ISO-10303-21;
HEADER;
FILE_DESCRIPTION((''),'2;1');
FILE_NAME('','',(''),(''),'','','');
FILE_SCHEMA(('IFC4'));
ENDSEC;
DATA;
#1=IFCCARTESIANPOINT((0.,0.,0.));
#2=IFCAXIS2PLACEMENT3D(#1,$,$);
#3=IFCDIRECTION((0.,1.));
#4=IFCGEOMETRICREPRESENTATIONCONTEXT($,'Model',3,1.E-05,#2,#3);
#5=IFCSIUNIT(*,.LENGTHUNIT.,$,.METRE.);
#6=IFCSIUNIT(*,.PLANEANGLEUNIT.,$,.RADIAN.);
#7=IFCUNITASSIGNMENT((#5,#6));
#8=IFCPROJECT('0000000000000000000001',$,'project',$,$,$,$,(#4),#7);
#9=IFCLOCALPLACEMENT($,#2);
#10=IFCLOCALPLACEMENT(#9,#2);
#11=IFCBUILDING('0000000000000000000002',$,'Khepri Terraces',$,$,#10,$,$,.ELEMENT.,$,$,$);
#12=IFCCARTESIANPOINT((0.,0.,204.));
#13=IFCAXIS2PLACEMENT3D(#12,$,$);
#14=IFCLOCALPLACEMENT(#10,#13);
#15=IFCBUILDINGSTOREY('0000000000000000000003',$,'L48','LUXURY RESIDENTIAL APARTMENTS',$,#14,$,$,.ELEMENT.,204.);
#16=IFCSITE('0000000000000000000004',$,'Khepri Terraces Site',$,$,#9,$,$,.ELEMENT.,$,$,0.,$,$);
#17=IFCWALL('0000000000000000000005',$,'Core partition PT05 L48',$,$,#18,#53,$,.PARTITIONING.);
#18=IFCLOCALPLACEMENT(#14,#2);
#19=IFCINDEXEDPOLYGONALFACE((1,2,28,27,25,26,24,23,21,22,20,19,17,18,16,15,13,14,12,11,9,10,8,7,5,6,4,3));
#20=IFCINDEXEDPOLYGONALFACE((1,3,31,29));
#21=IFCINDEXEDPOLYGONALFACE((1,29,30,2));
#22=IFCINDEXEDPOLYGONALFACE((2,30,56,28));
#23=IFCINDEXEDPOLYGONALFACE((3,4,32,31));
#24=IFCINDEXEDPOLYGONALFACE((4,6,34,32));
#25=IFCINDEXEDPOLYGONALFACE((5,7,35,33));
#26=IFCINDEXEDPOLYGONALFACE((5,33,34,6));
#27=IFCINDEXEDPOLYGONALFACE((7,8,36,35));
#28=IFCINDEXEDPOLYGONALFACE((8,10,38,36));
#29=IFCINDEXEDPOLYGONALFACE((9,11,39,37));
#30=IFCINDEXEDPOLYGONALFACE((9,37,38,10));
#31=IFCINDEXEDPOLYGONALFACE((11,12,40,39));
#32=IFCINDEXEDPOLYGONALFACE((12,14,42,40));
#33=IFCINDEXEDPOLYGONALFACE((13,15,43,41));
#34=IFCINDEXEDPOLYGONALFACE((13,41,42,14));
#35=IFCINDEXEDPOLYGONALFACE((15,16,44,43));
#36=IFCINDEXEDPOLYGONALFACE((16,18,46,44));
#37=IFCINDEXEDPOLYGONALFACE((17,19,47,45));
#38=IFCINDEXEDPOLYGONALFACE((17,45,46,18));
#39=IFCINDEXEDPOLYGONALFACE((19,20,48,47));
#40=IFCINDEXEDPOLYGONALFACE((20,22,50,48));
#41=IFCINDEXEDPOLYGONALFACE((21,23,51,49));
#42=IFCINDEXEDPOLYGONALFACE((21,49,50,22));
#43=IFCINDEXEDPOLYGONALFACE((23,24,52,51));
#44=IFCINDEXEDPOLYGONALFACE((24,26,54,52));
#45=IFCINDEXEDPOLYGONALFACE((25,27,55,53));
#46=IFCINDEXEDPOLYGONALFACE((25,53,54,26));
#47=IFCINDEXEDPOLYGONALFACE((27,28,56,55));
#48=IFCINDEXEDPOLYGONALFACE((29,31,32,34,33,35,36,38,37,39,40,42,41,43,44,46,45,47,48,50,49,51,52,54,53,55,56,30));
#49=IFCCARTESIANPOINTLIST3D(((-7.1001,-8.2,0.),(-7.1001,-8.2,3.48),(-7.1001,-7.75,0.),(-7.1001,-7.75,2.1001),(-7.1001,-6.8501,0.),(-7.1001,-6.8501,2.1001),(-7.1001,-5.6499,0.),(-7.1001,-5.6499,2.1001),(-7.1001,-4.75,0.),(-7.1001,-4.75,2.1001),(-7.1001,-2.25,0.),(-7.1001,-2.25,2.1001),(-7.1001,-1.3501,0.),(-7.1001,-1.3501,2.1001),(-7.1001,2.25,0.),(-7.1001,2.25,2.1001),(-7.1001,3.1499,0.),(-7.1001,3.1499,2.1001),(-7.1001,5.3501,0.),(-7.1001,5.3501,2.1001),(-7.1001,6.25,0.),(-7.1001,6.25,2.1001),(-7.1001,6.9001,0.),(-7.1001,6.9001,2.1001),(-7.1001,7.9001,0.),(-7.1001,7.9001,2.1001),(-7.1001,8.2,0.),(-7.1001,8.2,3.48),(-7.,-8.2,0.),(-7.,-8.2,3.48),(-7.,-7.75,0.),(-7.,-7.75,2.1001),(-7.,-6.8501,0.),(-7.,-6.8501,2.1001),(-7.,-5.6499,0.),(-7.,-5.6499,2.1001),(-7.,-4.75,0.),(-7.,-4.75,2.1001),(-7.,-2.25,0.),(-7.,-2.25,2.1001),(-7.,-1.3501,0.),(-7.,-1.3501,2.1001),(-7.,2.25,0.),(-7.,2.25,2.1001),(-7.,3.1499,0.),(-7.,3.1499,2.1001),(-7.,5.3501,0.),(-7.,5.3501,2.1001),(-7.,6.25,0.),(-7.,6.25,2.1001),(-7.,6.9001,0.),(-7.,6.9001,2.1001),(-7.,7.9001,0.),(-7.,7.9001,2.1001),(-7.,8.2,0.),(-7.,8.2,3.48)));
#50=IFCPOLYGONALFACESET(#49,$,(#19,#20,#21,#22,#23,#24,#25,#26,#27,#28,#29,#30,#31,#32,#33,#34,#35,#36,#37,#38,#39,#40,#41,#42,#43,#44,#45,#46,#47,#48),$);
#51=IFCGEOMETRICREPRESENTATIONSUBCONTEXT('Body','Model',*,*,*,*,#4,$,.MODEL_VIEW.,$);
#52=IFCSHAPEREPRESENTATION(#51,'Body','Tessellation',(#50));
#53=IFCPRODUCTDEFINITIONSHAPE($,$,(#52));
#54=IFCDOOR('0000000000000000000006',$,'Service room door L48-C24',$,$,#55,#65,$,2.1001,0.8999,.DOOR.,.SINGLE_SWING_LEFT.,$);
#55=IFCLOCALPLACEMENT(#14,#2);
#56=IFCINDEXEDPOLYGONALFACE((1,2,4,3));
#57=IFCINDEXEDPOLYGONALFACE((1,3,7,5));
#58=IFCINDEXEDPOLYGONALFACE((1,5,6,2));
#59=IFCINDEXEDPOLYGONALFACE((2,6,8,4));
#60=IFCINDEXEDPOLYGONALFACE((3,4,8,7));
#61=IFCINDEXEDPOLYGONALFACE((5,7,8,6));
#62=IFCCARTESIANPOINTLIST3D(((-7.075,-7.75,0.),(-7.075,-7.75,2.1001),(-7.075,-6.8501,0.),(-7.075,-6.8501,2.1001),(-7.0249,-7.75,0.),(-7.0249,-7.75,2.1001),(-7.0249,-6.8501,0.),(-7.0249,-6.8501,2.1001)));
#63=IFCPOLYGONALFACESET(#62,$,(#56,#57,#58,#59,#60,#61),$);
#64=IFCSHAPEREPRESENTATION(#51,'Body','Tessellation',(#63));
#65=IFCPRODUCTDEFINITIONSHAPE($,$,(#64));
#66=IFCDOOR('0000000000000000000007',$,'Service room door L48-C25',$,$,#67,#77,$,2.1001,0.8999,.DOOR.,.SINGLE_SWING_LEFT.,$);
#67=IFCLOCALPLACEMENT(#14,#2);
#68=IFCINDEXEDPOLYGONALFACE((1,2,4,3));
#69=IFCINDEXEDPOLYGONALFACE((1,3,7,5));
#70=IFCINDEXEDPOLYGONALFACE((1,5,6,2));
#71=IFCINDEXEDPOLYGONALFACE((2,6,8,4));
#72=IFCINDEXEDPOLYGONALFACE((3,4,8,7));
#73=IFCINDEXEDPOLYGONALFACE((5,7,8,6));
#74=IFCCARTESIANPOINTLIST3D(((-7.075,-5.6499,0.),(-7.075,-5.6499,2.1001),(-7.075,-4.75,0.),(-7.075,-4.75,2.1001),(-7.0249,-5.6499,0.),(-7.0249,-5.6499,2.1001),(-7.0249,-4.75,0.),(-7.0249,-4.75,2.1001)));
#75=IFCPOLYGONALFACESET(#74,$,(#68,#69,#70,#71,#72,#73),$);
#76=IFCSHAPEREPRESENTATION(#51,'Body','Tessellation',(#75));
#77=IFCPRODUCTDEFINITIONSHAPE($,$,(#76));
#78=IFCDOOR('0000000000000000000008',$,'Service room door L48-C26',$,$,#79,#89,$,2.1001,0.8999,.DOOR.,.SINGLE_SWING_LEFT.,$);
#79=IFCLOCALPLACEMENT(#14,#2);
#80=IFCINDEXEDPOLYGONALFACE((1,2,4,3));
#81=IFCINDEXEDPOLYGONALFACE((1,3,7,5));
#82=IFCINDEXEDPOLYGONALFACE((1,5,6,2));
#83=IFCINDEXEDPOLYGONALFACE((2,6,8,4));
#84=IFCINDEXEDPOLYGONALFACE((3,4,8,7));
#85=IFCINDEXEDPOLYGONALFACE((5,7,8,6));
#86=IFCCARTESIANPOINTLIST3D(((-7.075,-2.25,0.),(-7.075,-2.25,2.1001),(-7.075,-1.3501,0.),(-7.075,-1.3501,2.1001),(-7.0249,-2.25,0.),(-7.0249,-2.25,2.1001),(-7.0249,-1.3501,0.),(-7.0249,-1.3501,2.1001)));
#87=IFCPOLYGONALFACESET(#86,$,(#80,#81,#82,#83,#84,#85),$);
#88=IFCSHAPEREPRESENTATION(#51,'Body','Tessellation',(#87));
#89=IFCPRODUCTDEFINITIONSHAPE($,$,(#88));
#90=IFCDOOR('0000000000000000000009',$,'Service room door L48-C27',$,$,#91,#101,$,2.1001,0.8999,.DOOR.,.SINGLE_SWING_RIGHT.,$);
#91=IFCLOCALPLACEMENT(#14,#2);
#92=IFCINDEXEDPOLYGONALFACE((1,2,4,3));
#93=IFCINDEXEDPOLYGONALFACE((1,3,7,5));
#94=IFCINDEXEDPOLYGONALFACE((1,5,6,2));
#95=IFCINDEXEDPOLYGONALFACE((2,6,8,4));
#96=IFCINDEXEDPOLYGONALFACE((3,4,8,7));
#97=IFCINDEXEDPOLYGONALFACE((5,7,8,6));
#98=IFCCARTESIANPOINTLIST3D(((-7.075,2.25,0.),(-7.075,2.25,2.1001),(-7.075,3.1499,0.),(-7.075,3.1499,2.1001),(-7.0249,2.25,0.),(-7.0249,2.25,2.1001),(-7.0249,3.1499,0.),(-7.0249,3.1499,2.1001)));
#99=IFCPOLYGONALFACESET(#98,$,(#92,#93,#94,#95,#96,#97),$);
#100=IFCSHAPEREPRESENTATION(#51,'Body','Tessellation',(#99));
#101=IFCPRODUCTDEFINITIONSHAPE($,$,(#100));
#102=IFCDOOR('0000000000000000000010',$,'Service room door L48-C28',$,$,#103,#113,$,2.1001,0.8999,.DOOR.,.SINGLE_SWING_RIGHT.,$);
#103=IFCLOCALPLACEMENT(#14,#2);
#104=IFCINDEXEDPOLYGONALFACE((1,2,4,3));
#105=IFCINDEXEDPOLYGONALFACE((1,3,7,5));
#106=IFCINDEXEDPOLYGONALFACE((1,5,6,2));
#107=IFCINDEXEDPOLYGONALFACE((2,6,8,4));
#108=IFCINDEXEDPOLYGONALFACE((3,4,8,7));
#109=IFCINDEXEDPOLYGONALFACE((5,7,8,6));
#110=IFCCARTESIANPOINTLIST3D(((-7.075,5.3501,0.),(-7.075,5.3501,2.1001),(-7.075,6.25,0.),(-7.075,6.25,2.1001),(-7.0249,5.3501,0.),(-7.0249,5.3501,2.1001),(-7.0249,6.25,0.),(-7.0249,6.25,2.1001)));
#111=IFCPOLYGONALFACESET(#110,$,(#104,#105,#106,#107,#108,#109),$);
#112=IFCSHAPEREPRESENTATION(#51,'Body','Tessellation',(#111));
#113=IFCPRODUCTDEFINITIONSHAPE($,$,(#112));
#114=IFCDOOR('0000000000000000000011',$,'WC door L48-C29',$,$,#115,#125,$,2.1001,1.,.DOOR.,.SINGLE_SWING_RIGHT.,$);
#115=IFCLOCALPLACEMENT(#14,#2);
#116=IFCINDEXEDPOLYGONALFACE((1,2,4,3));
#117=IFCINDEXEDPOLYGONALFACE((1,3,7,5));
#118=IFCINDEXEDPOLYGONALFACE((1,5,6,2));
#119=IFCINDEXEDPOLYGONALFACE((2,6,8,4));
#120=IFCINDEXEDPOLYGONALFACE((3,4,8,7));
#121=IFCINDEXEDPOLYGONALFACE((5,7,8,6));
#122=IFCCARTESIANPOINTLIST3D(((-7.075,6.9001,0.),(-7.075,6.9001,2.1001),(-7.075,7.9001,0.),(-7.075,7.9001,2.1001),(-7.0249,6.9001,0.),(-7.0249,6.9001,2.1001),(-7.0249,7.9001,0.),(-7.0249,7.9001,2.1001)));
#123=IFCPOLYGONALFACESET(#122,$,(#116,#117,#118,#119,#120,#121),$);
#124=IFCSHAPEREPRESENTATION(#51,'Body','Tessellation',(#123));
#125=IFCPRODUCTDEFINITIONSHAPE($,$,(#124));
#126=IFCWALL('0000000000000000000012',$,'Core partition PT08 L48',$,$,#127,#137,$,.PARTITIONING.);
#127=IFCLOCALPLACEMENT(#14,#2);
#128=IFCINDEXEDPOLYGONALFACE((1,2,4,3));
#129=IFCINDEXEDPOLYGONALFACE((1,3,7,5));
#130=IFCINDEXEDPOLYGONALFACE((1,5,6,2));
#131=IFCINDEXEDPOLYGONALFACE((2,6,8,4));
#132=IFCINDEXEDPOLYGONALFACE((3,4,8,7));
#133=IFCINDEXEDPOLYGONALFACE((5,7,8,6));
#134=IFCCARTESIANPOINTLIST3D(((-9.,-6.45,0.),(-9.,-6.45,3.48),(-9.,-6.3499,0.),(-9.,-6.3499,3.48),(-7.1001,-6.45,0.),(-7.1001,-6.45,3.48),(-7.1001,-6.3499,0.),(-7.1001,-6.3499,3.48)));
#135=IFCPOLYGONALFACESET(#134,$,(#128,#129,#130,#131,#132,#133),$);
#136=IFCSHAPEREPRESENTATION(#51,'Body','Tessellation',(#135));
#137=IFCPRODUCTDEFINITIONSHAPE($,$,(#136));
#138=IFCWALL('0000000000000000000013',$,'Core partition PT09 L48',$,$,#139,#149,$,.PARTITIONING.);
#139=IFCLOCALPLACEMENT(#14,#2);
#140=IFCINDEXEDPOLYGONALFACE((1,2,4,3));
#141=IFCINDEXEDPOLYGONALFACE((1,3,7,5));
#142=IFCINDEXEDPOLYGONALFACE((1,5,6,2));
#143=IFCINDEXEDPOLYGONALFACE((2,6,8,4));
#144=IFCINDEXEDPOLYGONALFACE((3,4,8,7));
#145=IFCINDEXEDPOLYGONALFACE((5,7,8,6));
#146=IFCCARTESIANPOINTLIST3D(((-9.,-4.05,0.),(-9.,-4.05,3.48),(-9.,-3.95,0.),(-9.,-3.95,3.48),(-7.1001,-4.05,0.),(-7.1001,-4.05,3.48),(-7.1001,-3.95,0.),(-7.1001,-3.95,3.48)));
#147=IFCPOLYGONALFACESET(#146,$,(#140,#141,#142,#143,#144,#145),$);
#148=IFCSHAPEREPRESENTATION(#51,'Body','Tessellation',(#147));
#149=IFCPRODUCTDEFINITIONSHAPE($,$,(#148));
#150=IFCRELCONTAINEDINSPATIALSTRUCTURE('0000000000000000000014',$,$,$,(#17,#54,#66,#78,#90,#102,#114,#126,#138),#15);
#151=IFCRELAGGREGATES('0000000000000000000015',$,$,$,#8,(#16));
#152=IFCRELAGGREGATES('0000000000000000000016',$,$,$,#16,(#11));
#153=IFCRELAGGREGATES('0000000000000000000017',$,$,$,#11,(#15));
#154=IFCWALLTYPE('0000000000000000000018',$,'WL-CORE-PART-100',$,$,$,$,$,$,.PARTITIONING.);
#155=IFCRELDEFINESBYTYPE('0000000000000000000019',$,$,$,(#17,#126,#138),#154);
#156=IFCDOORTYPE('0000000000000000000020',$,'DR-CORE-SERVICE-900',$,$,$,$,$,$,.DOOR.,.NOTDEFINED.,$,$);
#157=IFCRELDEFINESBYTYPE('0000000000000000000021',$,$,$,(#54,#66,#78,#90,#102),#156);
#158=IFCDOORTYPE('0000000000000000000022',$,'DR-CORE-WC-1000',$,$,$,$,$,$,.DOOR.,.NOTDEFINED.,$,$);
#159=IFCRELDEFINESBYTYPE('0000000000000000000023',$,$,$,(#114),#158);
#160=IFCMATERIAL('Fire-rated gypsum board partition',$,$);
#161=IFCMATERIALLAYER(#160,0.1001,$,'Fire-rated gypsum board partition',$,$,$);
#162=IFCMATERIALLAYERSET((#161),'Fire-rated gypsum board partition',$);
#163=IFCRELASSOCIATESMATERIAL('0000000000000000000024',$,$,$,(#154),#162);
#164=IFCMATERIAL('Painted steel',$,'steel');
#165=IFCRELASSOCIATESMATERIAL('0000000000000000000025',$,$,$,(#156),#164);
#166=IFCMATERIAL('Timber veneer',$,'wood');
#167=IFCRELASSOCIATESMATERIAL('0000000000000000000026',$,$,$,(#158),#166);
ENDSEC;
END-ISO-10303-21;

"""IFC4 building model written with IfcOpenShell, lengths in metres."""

from ifc_helpers import new_model, si_unit, direction, frame, frame_2d, origin, place, context, subcontext, project, spatial, rectangle, extrude, material, layer, layer_set, type_object, element, fill, save


model = new_model("IFC4")

# Units and contexts
model_context = context("Model", 3, precision=1e-05, world=origin(), true_north=direction((0.0, 1.0)))
body_context = subcontext(model_context, "Body", "Model", "MODEL_VIEW")
ifc_project = project(units=[si_unit("LENGTHUNIT", "METRE"), si_unit("PLANEANGLEUNIT", "RADIAN")], contexts=[model_context])

# Site, building, storey
site_placement = place(None, origin())
site = spatial("IfcSite", under=ifc_project, at=site_placement, Name="Khepri Terraces Site", CompositionType="ELEMENT", RefElevation=0.0)
building_placement = place(site_placement, origin())
building = spatial("IfcBuilding", under=site, at=building_placement, Name="Khepri Terraces", CompositionType="ELEMENT")
storey_placement = place(building_placement, frame((0.0, 0.0, 204.0)))
storey = spatial("IfcBuildingStorey", under=building, at=storey_placement, Name="L48", Description="LUXURY RESIDENTIAL APARTMENTS", CompositionType="ELEMENT", Elevation=204.0)

# Shared definitions
ifc_material_1 = material(Name="Painted steel", Category="steel")

# Wall, openings, doors
ifc_material_2 = material(Name="Fire-rated gypsum board partition")
ifc_layer_1 = layer(ifc_material_2, 0.1001, Name="Fire-rated gypsum board partition")
ifc_layer_set_1 = layer_set([ifc_layer_1], Name="Fire-rated gypsum board partition")
wall_type_1 = type_object("IfcWallType", Name="WL-CORE-PART-100", PredefinedType="PARTITIONING", material=ifc_layer_set_1)
wall_1_placement = place(storey_placement, frame((-7.05, -8.2, 0.0), z_axis=(0.0, 0.0, 1.0), x_axis=(0.0, 1.0, 0.0)))
wall_1 = element("IfcWall", 1, at=wall_1_placement, inside=storey, type_object=wall_type_1, Name="Core partition PT05 L48", PredefinedType="PARTITIONING", context=body_context, shape_type="SweptSolid", body=[
    extrude(rectangle(XDim=16.3999, YDim=0.1001, at=frame_2d((8.2, 0.0))), origin(), (0.0, 0.0, 1.0), 3.48),
])
opening_1_placement = place(wall_1_placement, frame((0.45, 0.0, 0.0)))
opening_1 = element("IfcOpeningElement", 2, at=opening_1_placement, cuts=wall_1, PredefinedType="OPENING", context=body_context, shape_type="SweptSolid", body=[
    extrude(rectangle(XDim=0.8999, YDim=2.1001, at=frame_2d((0.45, 1.05))), frame((0.0, 0.0601, 0.0), z_axis=(0.0, -1.0, 0.0), x_axis=(1.0, 0.0, 0.0)), (0.0, 0.0, 1.0), 0.1201),
])
opening_2_placement = place(wall_1_placement, frame((2.55, 0.0, 0.0)))
opening_2 = element("IfcOpeningElement", 3, at=opening_2_placement, cuts=wall_1, PredefinedType="OPENING", context=body_context, shape_type="SweptSolid", body=[
    extrude(rectangle(XDim=0.8999, YDim=2.1001, at=frame_2d((0.45, 1.05))), frame((0.0, 0.0601, 0.0), z_axis=(0.0, -1.0, 0.0), x_axis=(1.0, 0.0, 0.0)), (0.0, 0.0, 1.0), 0.1201),
])
opening_3_placement = place(wall_1_placement, frame((5.95, 0.0, 0.0)))
opening_3 = element("IfcOpeningElement", 4, at=opening_3_placement, cuts=wall_1, PredefinedType="OPENING", context=body_context, shape_type="SweptSolid", body=[
    extrude(rectangle(XDim=0.8999, YDim=2.1001, at=frame_2d((0.45, 1.05))), frame((0.0, 0.0601, 0.0), z_axis=(0.0, -1.0, 0.0), x_axis=(1.0, 0.0, 0.0)), (0.0, 0.0, 1.0), 0.1201),
])
opening_4_placement = place(wall_1_placement, frame((10.45, 0.0, 0.0)))
opening_4 = element("IfcOpeningElement", 5, at=opening_4_placement, cuts=wall_1, PredefinedType="OPENING", context=body_context, shape_type="SweptSolid", body=[
    extrude(rectangle(XDim=0.8999, YDim=2.1001, at=frame_2d((0.45, 1.05))), frame((0.0, 0.0601, 0.0), z_axis=(0.0, -1.0, 0.0), x_axis=(1.0, 0.0, 0.0)), (0.0, 0.0, 1.0), 0.1201),
])
opening_5_placement = place(wall_1_placement, frame((13.55, 0.0, 0.0)))
opening_5 = element("IfcOpeningElement", 6, at=opening_5_placement, cuts=wall_1, PredefinedType="OPENING", context=body_context, shape_type="SweptSolid", body=[
    extrude(rectangle(XDim=0.8999, YDim=2.1001, at=frame_2d((0.45, 1.05))), frame((0.0, 0.0601, 0.0), z_axis=(0.0, -1.0, 0.0), x_axis=(1.0, 0.0, 0.0)), (0.0, 0.0, 1.0), 0.1201),
])
opening_6_placement = place(wall_1_placement, frame((15.1001, 0.0, 0.0)))
opening_6 = element("IfcOpeningElement", 7, at=opening_6_placement, cuts=wall_1, PredefinedType="OPENING", context=body_context, shape_type="SweptSolid", body=[
    extrude(rectangle(XDim=1.0, YDim=2.1001, at=frame_2d((0.5, 1.05))), frame((0.0, 0.0601, 0.0), z_axis=(0.0, -1.0, 0.0), x_axis=(1.0, 0.0, 0.0)), (0.0, 0.0, 1.0), 0.1201),
])
door_type_1 = type_object("IfcDoorType", Name="DR-CORE-SERVICE-900", OperationType="NOTDEFINED", PredefinedType="DOOR", material=ifc_material_1)
door_1_placement = place(opening_1_placement, origin())
door_1 = element("IfcDoor", 8, at=door_1_placement, inside=storey, type_object=door_type_1, Name="Service room door L48-C24", OperationType="SINGLE_SWING_LEFT", OverallHeight=2.1001, OverallWidth=0.8999, PredefinedType="DOOR", context=body_context, shape_type="SweptSolid", body=[
    extrude(rectangle(XDim=0.8999, YDim=2.1001, at=frame_2d((0.45, 1.05))), frame((0.0, 0.0249, 0.0), z_axis=(0.0, -1.0, 0.0), x_axis=(1.0, 0.0, 0.0)), (0.0, 0.0, 1.0), 0.05),
])
fill(opening_1, door_1)
door_2_placement = place(opening_2_placement, origin())
door_2 = element("IfcDoor", 9, at=door_2_placement, inside=storey, type_object=door_type_1, Name="Service room door L48-C25", OperationType="SINGLE_SWING_LEFT", OverallHeight=2.1001, OverallWidth=0.8999, PredefinedType="DOOR", context=body_context, shape_type="SweptSolid", body=[
    extrude(rectangle(XDim=0.8999, YDim=2.1001, at=frame_2d((0.45, 1.05))), frame((0.0, 0.0249, 0.0), z_axis=(0.0, -1.0, 0.0), x_axis=(1.0, 0.0, 0.0)), (0.0, 0.0, 1.0), 0.05),
])
fill(opening_2, door_2)
door_3_placement = place(opening_3_placement, origin())
door_3 = element("IfcDoor", 10, at=door_3_placement, inside=storey, type_object=door_type_1, Name="Service room door L48-C26", OperationType="SINGLE_SWING_LEFT", OverallHeight=2.1001, OverallWidth=0.8999, PredefinedType="DOOR", context=body_context, shape_type="SweptSolid", body=[
    extrude(rectangle(XDim=0.8999, YDim=2.1001, at=frame_2d((0.45, 1.05))), frame((0.0, 0.0249, 0.0), z_axis=(0.0, -1.0, 0.0), x_axis=(1.0, 0.0, 0.0)), (0.0, 0.0, 1.0), 0.05),
])
fill(opening_3, door_3)
door_4_placement = place(opening_4_placement, origin())
door_4 = element("IfcDoor", 11, at=door_4_placement, inside=storey, type_object=door_type_1, Name="Service room door L48-C27", OperationType="SINGLE_SWING_RIGHT", OverallHeight=2.1001, OverallWidth=0.8999, PredefinedType="DOOR", context=body_context, shape_type="SweptSolid", body=[
    extrude(rectangle(XDim=0.8999, YDim=2.1001, at=frame_2d((0.45, 1.05))), frame((0.0, 0.0249, 0.0), z_axis=(0.0, -1.0, 0.0), x_axis=(1.0, 0.0, 0.0)), (0.0, 0.0, 1.0), 0.05),
])
fill(opening_4, door_4)
door_5_placement = place(opening_5_placement, origin())
door_5 = element("IfcDoor", 12, at=door_5_placement, inside=storey, type_object=door_type_1, Name="Service room door L48-C28", OperationType="SINGLE_SWING_RIGHT", OverallHeight=2.1001, OverallWidth=0.8999, PredefinedType="DOOR", context=body_context, shape_type="SweptSolid", body=[
    extrude(rectangle(XDim=0.8999, YDim=2.1001, at=frame_2d((0.45, 1.05))), frame((0.0, 0.0249, 0.0), z_axis=(0.0, -1.0, 0.0), x_axis=(1.0, 0.0, 0.0)), (0.0, 0.0, 1.0), 0.05),
])
fill(opening_5, door_5)
ifc_material_3 = material(Name="Timber veneer", Category="wood")
door_type_2 = type_object("IfcDoorType", Name="DR-CORE-WC-1000", OperationType="NOTDEFINED", PredefinedType="DOOR", material=ifc_material_3)
door_6_placement = place(opening_6_placement, origin())
door_6 = element("IfcDoor", 13, at=door_6_placement, inside=storey, type_object=door_type_2, Name="WC door L48-C29", OperationType="SINGLE_SWING_RIGHT", OverallHeight=2.1001, OverallWidth=1.0, PredefinedType="DOOR", context=body_context, shape_type="SweptSolid", body=[
    extrude(rectangle(XDim=1.0, YDim=2.1001, at=frame_2d((0.5, 1.05))), frame((0.0, 0.0249, 0.0), z_axis=(0.0, -1.0, 0.0), x_axis=(1.0, 0.0, 0.0)), (0.0, 0.0, 1.0), 0.05),
])
fill(opening_6, door_6)

# Walls
for number, where, z_axis, x_axis, name in (
    (14, (-9.0, -6.3999, 0.0), (0.0, 0.0, 1.0), (1.0, 0.0, 0.0), "Core partition PT08 L48"),
    (15, (-9.0, -4.0, 0.0), (0.0, 0.0, 1.0), (1.0, 0.0, 0.0), "Core partition PT09 L48"),
):
    element("IfcWall", number, at=place(storey_placement, frame(where, z_axis=z_axis, x_axis=x_axis)), inside=storey, type_object=wall_type_1, Name=name, PredefinedType="PARTITIONING", context=body_context, shape_type="SweptSolid", body=[
        extrude(rectangle(XDim=1.8999, YDim=0.1001, at=frame_2d((0.95, 0.0))), origin(), (0.0, 0.0, 1.0), 3.48),
    ])

save(model, "model.ifc")
